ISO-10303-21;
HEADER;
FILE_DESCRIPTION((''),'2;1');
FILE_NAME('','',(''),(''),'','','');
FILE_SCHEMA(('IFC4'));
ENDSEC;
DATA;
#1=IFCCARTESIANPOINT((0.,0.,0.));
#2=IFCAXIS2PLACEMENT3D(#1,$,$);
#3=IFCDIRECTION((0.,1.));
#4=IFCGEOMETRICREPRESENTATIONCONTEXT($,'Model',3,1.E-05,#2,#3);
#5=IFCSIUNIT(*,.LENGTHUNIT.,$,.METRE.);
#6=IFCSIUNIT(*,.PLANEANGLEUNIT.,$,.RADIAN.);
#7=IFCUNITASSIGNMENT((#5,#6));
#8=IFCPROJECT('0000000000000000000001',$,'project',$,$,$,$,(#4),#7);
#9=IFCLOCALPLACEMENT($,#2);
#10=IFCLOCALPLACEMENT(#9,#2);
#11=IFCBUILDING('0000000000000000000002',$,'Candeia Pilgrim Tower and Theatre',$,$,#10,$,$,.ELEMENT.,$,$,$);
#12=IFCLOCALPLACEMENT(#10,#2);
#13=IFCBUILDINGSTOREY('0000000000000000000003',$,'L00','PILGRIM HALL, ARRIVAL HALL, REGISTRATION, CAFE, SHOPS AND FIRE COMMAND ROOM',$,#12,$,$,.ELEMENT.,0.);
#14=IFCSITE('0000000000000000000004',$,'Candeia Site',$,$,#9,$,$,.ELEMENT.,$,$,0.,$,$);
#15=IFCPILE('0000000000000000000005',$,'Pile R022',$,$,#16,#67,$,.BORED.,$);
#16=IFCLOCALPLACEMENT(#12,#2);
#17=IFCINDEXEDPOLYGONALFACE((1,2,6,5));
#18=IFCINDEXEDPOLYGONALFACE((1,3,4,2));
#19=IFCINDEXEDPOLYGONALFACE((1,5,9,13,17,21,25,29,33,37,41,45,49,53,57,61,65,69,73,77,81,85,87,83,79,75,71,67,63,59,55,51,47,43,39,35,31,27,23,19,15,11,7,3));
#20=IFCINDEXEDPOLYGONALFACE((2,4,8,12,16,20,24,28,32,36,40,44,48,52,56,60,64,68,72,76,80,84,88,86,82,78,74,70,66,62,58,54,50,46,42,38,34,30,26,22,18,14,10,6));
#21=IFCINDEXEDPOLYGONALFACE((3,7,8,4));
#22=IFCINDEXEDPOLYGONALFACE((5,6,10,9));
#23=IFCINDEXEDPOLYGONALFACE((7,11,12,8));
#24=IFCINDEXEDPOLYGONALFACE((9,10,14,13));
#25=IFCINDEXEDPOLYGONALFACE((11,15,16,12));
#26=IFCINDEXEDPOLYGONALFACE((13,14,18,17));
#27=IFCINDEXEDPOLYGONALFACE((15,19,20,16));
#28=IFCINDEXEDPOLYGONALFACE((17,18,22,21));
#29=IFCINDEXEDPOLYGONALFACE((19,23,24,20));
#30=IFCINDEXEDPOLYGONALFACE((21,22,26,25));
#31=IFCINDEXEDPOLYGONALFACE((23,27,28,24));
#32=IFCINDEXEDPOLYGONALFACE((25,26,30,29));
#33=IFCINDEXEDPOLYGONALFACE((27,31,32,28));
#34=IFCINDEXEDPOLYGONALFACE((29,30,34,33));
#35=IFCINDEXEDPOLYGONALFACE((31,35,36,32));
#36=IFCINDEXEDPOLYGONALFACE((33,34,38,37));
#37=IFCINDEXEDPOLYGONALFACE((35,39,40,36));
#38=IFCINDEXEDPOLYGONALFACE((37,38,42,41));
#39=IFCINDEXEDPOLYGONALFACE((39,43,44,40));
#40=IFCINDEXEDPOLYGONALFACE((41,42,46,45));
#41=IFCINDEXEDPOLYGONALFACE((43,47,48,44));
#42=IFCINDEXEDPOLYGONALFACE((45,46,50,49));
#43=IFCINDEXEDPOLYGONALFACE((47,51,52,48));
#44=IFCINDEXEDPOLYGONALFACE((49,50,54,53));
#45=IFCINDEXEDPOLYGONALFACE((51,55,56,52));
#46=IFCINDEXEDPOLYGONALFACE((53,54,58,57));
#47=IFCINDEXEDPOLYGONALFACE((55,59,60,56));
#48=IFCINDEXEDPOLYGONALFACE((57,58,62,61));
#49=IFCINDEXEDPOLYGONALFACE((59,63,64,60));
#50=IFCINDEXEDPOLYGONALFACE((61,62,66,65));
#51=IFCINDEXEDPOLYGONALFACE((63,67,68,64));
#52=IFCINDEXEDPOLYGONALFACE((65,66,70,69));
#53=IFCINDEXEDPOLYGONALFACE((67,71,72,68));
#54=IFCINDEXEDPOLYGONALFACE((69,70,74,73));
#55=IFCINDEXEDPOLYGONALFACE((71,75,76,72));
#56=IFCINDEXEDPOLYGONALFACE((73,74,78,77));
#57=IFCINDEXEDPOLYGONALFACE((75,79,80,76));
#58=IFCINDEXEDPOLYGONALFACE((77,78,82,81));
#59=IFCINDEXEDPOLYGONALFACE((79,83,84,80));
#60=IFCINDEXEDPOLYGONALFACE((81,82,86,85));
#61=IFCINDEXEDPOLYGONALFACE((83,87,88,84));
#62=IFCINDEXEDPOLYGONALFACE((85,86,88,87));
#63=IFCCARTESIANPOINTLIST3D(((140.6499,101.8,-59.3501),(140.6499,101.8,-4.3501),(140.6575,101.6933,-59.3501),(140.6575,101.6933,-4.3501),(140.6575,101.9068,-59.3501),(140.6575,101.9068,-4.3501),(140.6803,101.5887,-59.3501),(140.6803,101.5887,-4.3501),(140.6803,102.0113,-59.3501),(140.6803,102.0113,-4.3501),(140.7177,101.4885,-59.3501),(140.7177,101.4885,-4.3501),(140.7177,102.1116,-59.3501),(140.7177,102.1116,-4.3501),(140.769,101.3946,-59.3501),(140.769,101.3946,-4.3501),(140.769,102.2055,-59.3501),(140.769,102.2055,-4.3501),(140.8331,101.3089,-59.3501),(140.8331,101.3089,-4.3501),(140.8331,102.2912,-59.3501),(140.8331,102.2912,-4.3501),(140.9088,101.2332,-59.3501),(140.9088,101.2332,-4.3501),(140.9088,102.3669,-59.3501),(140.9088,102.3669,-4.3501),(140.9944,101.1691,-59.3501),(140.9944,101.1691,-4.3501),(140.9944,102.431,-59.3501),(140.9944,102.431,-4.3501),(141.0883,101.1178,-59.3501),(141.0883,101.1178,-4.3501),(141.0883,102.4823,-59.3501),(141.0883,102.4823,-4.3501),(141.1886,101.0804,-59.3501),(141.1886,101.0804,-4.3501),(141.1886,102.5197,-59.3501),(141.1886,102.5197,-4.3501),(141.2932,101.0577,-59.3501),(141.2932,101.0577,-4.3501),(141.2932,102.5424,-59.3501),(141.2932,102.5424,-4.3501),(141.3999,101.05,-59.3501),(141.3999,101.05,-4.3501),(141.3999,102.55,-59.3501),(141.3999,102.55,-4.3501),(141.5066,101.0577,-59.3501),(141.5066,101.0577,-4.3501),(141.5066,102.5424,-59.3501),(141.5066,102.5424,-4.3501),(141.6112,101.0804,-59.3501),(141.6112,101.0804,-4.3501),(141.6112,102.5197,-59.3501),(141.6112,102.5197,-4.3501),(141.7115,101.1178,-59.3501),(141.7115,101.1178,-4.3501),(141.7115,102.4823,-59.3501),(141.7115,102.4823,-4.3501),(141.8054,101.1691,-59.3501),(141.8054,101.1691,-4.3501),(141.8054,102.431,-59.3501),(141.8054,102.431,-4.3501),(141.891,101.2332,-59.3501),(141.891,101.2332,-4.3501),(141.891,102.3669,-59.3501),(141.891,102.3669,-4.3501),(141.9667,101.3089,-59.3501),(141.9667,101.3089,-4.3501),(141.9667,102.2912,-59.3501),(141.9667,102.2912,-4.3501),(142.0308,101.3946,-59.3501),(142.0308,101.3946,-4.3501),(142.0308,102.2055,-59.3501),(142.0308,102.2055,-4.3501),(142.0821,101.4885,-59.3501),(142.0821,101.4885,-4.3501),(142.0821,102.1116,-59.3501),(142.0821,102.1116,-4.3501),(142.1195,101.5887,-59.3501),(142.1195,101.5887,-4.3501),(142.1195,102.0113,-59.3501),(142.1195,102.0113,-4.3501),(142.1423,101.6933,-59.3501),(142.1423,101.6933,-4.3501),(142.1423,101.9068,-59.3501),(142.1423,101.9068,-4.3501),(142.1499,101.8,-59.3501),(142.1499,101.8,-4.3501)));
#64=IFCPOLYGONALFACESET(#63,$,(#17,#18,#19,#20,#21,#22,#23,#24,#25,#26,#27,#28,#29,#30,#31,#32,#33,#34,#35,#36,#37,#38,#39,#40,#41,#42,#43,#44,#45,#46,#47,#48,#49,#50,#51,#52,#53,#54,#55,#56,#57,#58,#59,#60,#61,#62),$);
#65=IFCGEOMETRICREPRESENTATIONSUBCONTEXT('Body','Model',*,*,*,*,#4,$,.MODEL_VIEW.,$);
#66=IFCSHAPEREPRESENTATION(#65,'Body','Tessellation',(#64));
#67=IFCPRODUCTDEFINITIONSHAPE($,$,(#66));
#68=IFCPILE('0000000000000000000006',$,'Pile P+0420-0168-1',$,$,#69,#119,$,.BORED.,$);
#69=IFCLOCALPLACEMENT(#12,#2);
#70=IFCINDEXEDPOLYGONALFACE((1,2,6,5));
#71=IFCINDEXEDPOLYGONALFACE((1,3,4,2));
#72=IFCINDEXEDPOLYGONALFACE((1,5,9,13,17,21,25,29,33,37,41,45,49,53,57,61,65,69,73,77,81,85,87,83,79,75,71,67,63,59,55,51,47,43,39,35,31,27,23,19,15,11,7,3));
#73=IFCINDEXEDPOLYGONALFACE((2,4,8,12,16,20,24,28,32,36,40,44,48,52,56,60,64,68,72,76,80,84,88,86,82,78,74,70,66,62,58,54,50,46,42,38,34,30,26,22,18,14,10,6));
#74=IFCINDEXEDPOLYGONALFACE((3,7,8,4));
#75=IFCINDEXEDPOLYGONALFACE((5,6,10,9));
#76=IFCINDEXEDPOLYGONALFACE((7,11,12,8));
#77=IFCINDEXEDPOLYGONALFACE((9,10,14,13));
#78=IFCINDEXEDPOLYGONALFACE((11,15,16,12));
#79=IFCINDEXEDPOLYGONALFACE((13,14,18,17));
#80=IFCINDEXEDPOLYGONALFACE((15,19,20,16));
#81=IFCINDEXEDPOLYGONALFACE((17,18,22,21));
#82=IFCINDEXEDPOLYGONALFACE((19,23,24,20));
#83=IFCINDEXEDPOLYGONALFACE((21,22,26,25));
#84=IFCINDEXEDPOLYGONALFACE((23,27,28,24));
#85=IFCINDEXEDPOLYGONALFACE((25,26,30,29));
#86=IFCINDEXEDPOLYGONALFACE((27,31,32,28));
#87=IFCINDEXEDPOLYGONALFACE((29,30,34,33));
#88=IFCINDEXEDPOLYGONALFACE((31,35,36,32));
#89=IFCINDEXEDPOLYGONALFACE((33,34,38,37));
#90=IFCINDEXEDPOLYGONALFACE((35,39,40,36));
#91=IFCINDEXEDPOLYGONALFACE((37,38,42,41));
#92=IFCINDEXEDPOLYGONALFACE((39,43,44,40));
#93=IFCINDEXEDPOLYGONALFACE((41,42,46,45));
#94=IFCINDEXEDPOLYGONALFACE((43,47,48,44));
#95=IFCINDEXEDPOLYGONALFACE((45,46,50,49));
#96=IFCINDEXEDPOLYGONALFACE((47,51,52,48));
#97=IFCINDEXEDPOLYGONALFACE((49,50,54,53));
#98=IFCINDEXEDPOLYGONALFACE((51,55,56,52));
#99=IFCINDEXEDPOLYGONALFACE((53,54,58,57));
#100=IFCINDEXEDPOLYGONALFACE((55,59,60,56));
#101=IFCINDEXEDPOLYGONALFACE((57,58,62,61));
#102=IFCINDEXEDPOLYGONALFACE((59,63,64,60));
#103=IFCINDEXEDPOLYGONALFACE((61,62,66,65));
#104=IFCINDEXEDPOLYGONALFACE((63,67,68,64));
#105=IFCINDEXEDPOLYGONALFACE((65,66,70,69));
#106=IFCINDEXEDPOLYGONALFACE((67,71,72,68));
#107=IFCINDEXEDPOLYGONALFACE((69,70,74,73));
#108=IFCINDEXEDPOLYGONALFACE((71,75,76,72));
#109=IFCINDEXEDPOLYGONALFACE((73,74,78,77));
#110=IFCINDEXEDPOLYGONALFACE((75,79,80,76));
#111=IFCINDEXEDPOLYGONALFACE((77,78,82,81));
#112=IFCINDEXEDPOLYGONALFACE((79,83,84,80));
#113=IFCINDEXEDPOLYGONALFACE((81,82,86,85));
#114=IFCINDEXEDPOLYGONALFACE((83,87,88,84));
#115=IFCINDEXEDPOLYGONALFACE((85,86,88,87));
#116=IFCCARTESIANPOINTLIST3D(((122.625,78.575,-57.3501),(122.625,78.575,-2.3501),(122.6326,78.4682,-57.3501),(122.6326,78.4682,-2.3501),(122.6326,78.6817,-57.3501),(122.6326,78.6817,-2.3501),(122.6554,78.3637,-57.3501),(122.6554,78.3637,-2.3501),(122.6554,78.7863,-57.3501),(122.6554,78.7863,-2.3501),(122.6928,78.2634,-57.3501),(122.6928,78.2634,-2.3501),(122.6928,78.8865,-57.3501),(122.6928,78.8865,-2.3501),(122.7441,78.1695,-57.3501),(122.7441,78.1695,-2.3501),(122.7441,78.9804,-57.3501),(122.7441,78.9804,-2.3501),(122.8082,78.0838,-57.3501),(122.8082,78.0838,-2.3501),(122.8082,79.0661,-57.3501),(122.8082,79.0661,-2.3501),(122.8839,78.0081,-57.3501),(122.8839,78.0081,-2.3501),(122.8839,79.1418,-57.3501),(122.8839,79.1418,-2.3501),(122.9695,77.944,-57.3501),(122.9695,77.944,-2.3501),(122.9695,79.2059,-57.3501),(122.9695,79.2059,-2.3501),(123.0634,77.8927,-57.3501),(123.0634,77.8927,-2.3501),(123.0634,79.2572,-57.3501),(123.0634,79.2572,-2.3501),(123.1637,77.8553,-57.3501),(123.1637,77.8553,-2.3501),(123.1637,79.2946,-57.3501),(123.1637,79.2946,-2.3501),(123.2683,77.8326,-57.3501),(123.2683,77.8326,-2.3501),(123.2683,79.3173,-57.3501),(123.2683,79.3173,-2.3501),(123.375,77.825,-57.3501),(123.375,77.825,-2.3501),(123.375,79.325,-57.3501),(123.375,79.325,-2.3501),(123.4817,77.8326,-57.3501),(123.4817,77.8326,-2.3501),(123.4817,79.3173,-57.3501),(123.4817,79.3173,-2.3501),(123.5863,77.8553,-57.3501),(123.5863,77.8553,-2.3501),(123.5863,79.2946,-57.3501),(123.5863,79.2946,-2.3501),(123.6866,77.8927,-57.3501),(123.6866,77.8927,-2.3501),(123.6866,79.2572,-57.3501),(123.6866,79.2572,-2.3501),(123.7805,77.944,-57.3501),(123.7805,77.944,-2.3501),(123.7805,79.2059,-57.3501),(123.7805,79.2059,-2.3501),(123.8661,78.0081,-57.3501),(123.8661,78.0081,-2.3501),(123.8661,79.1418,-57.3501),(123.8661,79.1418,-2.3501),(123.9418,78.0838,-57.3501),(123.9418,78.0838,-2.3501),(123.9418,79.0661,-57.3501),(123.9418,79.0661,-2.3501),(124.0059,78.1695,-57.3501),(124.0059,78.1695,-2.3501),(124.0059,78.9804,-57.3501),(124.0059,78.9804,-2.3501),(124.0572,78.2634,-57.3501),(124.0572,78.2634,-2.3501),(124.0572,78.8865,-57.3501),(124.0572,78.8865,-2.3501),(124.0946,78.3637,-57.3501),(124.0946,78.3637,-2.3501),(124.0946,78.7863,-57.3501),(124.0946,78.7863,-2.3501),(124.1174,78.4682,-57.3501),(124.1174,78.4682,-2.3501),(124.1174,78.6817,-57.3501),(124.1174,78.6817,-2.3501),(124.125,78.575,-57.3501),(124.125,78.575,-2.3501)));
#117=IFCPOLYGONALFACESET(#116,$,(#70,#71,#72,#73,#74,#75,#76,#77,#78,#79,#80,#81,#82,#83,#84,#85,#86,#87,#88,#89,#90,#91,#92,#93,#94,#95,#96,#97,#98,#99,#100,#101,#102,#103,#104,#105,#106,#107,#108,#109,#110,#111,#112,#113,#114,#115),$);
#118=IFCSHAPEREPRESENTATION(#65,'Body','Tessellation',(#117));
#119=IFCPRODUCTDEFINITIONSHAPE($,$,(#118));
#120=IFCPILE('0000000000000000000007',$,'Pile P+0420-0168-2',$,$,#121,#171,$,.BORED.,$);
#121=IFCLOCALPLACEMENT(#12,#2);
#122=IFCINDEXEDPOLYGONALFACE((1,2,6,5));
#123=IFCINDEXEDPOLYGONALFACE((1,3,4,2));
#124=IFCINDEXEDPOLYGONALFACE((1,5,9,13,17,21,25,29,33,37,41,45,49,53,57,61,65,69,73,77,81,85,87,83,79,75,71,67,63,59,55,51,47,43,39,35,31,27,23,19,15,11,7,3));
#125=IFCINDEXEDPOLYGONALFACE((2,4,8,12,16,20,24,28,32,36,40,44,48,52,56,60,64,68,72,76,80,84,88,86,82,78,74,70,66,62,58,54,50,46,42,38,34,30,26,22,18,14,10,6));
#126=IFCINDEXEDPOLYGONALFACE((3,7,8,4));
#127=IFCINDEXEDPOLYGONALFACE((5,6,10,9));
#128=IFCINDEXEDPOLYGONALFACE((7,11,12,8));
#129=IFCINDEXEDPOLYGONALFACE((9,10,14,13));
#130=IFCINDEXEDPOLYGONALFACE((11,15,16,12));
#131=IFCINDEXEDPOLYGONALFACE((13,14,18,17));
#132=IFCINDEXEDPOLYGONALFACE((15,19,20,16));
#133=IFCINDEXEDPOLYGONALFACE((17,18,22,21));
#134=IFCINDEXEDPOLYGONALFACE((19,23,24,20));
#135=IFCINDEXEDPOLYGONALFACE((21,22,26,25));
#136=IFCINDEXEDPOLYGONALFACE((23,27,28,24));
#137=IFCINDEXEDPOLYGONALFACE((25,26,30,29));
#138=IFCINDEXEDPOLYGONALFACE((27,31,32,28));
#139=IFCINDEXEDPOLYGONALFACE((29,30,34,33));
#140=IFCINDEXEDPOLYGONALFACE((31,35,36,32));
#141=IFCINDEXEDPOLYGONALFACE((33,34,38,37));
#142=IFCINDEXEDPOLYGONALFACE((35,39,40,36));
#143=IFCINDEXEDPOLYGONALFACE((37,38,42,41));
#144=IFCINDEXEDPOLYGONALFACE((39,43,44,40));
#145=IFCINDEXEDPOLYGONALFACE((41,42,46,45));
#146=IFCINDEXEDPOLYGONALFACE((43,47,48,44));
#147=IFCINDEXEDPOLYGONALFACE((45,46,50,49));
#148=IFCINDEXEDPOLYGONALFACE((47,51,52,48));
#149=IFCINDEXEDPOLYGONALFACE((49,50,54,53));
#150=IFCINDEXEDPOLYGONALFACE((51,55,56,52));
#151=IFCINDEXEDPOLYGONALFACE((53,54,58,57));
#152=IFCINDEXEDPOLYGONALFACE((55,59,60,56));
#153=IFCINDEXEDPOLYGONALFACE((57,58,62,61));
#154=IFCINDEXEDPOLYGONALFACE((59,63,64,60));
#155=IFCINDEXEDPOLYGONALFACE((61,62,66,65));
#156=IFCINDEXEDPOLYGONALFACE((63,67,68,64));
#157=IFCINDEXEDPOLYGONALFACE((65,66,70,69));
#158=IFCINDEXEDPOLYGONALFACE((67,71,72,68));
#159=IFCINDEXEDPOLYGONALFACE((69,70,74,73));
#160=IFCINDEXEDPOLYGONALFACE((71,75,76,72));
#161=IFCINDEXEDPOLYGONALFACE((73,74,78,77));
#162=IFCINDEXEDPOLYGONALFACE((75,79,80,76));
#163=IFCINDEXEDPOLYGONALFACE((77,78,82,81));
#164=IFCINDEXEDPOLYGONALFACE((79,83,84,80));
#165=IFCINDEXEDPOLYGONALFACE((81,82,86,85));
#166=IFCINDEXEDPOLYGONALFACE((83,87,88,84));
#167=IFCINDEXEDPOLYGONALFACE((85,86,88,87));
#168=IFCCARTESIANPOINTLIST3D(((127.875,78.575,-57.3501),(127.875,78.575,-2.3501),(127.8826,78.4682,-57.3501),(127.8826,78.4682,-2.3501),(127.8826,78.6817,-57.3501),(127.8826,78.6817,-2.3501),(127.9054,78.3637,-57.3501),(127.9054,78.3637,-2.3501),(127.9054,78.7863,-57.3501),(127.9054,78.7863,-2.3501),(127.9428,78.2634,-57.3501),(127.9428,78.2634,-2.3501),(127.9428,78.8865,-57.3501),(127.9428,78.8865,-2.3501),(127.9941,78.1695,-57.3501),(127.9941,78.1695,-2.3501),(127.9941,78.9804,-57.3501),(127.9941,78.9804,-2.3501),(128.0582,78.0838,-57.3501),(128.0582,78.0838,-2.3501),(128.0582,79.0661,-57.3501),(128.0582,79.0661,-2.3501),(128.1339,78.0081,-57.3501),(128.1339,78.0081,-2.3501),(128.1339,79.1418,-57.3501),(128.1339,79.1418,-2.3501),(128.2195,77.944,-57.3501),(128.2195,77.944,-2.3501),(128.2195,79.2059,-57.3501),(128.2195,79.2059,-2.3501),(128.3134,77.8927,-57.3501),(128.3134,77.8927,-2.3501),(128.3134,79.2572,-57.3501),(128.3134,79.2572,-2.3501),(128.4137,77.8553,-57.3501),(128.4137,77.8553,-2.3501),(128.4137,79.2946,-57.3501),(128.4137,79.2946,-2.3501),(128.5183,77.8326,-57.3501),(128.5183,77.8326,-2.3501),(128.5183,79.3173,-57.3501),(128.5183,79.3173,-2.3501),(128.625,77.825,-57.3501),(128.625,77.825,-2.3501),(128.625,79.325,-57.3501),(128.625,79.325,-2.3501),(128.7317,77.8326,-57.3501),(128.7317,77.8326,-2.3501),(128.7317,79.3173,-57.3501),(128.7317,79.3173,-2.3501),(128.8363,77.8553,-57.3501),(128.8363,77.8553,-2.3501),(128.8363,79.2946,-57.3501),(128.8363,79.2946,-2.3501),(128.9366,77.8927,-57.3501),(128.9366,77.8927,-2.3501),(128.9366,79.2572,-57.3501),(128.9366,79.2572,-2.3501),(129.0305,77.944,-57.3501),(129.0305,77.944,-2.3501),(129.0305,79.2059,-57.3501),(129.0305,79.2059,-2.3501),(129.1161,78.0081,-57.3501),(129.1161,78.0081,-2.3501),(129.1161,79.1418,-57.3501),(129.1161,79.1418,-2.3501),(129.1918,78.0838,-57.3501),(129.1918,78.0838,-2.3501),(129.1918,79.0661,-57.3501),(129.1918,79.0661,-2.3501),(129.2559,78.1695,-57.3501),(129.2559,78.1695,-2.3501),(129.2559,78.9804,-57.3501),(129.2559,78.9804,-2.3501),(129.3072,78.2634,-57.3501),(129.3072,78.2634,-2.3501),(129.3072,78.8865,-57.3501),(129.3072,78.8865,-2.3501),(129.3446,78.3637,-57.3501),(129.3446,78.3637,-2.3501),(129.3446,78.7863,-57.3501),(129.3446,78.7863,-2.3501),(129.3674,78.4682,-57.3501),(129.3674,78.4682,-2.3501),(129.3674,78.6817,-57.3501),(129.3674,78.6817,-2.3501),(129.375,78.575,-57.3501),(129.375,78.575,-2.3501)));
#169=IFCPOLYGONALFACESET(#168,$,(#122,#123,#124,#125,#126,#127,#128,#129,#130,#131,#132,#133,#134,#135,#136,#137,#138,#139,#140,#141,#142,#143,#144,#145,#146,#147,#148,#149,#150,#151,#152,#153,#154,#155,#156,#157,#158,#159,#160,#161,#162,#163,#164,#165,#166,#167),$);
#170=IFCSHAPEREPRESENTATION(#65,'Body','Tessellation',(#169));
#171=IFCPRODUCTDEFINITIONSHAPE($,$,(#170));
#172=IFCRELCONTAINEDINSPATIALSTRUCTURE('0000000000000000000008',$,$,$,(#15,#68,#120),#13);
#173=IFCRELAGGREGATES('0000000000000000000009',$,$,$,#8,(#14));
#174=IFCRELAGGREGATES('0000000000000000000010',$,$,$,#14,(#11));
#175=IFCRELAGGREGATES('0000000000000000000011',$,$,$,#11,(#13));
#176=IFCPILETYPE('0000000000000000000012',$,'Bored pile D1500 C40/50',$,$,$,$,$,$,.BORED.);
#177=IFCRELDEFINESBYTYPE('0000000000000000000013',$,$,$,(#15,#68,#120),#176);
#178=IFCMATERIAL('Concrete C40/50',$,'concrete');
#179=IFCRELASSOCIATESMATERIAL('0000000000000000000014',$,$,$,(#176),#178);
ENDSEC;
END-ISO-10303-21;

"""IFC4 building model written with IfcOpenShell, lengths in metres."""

from ifc_helpers import new_model, si_unit, direction, frame, origin, origin_2d, place, context, subcontext, project, spatial, circle, extrude, material, material_profile, profile_set, type_object, element, save


model = new_model("IFC4")

# Units and contexts
model_context = context("Model", 3, precision=1e-05, world=origin(), true_north=direction((0.0, 1.0)))
body_context = subcontext(model_context, "Body", "Model", "MODEL_VIEW")
ifc_project = project(units=[si_unit("LENGTHUNIT", "METRE"), si_unit("PLANEANGLEUNIT", "RADIAN")], contexts=[model_context])

# Site, building, storey
site_placement = place(None, origin())
site = spatial("IfcSite", under=ifc_project, at=site_placement, Name="Candeia Site", CompositionType="ELEMENT", RefElevation=0.0)
building_placement = place(site_placement, origin())
building = spatial("IfcBuilding", under=site, at=building_placement, Name="Candeia Pilgrim Tower and Theatre", CompositionType="ELEMENT")
storey_placement = place(building_placement, origin())
storey = spatial("IfcBuildingStorey", under=building, at=storey_placement, Name="L00", Description="PILGRIM HALL, ARRIVAL HALL, REGISTRATION, CAFE, SHOPS AND FIRE COMMAND ROOM", CompositionType="ELEMENT", Elevation=0.0)

# Piles
ifc_material_1 = material(Name="Concrete C40/50", Category="concrete")
ifc_material_profile_1 = material_profile(ifc_material_1, circle(Radius=0.75, at=origin_2d()))
ifc_profile_set_1 = profile_set([ifc_material_profile_1], Name="Concrete C40/50")
pile_type = type_object("IfcPileType", Name="Bored pile D1500 C40/50", PredefinedType="BORED", material=ifc_profile_set_1)
for number, where, z_axis, x_axis, name in (
    (1, (141.3999, 101.8, -4.3501), (0.0, 0.0, -1.0), (1.0, 0.0, 0.0), "Pile R022"),
    (2, (123.375, 78.575, -2.3501), (0.0, 0.0, -1.0), (1.0, 0.0, 0.0), "Pile P+0420-0168-1"),
    (3, (128.625, 78.575, -2.3501), (0.0, 0.0, -1.0), (1.0, 0.0, 0.0), "Pile P+0420-0168-2"),
):
    element("IfcPile", number, at=place(storey_placement, frame(where, z_axis=z_axis, x_axis=x_axis)), inside=storey, type_object=pile_type, Name=name, PredefinedType="BORED", context=body_context, shape_type="SweptSolid", body=[
        extrude(circle(Radius=0.75, at=origin_2d()), origin(), (0.0, 0.0, 1.0), 55.0),
    ])

save(model, "model.ifc")
